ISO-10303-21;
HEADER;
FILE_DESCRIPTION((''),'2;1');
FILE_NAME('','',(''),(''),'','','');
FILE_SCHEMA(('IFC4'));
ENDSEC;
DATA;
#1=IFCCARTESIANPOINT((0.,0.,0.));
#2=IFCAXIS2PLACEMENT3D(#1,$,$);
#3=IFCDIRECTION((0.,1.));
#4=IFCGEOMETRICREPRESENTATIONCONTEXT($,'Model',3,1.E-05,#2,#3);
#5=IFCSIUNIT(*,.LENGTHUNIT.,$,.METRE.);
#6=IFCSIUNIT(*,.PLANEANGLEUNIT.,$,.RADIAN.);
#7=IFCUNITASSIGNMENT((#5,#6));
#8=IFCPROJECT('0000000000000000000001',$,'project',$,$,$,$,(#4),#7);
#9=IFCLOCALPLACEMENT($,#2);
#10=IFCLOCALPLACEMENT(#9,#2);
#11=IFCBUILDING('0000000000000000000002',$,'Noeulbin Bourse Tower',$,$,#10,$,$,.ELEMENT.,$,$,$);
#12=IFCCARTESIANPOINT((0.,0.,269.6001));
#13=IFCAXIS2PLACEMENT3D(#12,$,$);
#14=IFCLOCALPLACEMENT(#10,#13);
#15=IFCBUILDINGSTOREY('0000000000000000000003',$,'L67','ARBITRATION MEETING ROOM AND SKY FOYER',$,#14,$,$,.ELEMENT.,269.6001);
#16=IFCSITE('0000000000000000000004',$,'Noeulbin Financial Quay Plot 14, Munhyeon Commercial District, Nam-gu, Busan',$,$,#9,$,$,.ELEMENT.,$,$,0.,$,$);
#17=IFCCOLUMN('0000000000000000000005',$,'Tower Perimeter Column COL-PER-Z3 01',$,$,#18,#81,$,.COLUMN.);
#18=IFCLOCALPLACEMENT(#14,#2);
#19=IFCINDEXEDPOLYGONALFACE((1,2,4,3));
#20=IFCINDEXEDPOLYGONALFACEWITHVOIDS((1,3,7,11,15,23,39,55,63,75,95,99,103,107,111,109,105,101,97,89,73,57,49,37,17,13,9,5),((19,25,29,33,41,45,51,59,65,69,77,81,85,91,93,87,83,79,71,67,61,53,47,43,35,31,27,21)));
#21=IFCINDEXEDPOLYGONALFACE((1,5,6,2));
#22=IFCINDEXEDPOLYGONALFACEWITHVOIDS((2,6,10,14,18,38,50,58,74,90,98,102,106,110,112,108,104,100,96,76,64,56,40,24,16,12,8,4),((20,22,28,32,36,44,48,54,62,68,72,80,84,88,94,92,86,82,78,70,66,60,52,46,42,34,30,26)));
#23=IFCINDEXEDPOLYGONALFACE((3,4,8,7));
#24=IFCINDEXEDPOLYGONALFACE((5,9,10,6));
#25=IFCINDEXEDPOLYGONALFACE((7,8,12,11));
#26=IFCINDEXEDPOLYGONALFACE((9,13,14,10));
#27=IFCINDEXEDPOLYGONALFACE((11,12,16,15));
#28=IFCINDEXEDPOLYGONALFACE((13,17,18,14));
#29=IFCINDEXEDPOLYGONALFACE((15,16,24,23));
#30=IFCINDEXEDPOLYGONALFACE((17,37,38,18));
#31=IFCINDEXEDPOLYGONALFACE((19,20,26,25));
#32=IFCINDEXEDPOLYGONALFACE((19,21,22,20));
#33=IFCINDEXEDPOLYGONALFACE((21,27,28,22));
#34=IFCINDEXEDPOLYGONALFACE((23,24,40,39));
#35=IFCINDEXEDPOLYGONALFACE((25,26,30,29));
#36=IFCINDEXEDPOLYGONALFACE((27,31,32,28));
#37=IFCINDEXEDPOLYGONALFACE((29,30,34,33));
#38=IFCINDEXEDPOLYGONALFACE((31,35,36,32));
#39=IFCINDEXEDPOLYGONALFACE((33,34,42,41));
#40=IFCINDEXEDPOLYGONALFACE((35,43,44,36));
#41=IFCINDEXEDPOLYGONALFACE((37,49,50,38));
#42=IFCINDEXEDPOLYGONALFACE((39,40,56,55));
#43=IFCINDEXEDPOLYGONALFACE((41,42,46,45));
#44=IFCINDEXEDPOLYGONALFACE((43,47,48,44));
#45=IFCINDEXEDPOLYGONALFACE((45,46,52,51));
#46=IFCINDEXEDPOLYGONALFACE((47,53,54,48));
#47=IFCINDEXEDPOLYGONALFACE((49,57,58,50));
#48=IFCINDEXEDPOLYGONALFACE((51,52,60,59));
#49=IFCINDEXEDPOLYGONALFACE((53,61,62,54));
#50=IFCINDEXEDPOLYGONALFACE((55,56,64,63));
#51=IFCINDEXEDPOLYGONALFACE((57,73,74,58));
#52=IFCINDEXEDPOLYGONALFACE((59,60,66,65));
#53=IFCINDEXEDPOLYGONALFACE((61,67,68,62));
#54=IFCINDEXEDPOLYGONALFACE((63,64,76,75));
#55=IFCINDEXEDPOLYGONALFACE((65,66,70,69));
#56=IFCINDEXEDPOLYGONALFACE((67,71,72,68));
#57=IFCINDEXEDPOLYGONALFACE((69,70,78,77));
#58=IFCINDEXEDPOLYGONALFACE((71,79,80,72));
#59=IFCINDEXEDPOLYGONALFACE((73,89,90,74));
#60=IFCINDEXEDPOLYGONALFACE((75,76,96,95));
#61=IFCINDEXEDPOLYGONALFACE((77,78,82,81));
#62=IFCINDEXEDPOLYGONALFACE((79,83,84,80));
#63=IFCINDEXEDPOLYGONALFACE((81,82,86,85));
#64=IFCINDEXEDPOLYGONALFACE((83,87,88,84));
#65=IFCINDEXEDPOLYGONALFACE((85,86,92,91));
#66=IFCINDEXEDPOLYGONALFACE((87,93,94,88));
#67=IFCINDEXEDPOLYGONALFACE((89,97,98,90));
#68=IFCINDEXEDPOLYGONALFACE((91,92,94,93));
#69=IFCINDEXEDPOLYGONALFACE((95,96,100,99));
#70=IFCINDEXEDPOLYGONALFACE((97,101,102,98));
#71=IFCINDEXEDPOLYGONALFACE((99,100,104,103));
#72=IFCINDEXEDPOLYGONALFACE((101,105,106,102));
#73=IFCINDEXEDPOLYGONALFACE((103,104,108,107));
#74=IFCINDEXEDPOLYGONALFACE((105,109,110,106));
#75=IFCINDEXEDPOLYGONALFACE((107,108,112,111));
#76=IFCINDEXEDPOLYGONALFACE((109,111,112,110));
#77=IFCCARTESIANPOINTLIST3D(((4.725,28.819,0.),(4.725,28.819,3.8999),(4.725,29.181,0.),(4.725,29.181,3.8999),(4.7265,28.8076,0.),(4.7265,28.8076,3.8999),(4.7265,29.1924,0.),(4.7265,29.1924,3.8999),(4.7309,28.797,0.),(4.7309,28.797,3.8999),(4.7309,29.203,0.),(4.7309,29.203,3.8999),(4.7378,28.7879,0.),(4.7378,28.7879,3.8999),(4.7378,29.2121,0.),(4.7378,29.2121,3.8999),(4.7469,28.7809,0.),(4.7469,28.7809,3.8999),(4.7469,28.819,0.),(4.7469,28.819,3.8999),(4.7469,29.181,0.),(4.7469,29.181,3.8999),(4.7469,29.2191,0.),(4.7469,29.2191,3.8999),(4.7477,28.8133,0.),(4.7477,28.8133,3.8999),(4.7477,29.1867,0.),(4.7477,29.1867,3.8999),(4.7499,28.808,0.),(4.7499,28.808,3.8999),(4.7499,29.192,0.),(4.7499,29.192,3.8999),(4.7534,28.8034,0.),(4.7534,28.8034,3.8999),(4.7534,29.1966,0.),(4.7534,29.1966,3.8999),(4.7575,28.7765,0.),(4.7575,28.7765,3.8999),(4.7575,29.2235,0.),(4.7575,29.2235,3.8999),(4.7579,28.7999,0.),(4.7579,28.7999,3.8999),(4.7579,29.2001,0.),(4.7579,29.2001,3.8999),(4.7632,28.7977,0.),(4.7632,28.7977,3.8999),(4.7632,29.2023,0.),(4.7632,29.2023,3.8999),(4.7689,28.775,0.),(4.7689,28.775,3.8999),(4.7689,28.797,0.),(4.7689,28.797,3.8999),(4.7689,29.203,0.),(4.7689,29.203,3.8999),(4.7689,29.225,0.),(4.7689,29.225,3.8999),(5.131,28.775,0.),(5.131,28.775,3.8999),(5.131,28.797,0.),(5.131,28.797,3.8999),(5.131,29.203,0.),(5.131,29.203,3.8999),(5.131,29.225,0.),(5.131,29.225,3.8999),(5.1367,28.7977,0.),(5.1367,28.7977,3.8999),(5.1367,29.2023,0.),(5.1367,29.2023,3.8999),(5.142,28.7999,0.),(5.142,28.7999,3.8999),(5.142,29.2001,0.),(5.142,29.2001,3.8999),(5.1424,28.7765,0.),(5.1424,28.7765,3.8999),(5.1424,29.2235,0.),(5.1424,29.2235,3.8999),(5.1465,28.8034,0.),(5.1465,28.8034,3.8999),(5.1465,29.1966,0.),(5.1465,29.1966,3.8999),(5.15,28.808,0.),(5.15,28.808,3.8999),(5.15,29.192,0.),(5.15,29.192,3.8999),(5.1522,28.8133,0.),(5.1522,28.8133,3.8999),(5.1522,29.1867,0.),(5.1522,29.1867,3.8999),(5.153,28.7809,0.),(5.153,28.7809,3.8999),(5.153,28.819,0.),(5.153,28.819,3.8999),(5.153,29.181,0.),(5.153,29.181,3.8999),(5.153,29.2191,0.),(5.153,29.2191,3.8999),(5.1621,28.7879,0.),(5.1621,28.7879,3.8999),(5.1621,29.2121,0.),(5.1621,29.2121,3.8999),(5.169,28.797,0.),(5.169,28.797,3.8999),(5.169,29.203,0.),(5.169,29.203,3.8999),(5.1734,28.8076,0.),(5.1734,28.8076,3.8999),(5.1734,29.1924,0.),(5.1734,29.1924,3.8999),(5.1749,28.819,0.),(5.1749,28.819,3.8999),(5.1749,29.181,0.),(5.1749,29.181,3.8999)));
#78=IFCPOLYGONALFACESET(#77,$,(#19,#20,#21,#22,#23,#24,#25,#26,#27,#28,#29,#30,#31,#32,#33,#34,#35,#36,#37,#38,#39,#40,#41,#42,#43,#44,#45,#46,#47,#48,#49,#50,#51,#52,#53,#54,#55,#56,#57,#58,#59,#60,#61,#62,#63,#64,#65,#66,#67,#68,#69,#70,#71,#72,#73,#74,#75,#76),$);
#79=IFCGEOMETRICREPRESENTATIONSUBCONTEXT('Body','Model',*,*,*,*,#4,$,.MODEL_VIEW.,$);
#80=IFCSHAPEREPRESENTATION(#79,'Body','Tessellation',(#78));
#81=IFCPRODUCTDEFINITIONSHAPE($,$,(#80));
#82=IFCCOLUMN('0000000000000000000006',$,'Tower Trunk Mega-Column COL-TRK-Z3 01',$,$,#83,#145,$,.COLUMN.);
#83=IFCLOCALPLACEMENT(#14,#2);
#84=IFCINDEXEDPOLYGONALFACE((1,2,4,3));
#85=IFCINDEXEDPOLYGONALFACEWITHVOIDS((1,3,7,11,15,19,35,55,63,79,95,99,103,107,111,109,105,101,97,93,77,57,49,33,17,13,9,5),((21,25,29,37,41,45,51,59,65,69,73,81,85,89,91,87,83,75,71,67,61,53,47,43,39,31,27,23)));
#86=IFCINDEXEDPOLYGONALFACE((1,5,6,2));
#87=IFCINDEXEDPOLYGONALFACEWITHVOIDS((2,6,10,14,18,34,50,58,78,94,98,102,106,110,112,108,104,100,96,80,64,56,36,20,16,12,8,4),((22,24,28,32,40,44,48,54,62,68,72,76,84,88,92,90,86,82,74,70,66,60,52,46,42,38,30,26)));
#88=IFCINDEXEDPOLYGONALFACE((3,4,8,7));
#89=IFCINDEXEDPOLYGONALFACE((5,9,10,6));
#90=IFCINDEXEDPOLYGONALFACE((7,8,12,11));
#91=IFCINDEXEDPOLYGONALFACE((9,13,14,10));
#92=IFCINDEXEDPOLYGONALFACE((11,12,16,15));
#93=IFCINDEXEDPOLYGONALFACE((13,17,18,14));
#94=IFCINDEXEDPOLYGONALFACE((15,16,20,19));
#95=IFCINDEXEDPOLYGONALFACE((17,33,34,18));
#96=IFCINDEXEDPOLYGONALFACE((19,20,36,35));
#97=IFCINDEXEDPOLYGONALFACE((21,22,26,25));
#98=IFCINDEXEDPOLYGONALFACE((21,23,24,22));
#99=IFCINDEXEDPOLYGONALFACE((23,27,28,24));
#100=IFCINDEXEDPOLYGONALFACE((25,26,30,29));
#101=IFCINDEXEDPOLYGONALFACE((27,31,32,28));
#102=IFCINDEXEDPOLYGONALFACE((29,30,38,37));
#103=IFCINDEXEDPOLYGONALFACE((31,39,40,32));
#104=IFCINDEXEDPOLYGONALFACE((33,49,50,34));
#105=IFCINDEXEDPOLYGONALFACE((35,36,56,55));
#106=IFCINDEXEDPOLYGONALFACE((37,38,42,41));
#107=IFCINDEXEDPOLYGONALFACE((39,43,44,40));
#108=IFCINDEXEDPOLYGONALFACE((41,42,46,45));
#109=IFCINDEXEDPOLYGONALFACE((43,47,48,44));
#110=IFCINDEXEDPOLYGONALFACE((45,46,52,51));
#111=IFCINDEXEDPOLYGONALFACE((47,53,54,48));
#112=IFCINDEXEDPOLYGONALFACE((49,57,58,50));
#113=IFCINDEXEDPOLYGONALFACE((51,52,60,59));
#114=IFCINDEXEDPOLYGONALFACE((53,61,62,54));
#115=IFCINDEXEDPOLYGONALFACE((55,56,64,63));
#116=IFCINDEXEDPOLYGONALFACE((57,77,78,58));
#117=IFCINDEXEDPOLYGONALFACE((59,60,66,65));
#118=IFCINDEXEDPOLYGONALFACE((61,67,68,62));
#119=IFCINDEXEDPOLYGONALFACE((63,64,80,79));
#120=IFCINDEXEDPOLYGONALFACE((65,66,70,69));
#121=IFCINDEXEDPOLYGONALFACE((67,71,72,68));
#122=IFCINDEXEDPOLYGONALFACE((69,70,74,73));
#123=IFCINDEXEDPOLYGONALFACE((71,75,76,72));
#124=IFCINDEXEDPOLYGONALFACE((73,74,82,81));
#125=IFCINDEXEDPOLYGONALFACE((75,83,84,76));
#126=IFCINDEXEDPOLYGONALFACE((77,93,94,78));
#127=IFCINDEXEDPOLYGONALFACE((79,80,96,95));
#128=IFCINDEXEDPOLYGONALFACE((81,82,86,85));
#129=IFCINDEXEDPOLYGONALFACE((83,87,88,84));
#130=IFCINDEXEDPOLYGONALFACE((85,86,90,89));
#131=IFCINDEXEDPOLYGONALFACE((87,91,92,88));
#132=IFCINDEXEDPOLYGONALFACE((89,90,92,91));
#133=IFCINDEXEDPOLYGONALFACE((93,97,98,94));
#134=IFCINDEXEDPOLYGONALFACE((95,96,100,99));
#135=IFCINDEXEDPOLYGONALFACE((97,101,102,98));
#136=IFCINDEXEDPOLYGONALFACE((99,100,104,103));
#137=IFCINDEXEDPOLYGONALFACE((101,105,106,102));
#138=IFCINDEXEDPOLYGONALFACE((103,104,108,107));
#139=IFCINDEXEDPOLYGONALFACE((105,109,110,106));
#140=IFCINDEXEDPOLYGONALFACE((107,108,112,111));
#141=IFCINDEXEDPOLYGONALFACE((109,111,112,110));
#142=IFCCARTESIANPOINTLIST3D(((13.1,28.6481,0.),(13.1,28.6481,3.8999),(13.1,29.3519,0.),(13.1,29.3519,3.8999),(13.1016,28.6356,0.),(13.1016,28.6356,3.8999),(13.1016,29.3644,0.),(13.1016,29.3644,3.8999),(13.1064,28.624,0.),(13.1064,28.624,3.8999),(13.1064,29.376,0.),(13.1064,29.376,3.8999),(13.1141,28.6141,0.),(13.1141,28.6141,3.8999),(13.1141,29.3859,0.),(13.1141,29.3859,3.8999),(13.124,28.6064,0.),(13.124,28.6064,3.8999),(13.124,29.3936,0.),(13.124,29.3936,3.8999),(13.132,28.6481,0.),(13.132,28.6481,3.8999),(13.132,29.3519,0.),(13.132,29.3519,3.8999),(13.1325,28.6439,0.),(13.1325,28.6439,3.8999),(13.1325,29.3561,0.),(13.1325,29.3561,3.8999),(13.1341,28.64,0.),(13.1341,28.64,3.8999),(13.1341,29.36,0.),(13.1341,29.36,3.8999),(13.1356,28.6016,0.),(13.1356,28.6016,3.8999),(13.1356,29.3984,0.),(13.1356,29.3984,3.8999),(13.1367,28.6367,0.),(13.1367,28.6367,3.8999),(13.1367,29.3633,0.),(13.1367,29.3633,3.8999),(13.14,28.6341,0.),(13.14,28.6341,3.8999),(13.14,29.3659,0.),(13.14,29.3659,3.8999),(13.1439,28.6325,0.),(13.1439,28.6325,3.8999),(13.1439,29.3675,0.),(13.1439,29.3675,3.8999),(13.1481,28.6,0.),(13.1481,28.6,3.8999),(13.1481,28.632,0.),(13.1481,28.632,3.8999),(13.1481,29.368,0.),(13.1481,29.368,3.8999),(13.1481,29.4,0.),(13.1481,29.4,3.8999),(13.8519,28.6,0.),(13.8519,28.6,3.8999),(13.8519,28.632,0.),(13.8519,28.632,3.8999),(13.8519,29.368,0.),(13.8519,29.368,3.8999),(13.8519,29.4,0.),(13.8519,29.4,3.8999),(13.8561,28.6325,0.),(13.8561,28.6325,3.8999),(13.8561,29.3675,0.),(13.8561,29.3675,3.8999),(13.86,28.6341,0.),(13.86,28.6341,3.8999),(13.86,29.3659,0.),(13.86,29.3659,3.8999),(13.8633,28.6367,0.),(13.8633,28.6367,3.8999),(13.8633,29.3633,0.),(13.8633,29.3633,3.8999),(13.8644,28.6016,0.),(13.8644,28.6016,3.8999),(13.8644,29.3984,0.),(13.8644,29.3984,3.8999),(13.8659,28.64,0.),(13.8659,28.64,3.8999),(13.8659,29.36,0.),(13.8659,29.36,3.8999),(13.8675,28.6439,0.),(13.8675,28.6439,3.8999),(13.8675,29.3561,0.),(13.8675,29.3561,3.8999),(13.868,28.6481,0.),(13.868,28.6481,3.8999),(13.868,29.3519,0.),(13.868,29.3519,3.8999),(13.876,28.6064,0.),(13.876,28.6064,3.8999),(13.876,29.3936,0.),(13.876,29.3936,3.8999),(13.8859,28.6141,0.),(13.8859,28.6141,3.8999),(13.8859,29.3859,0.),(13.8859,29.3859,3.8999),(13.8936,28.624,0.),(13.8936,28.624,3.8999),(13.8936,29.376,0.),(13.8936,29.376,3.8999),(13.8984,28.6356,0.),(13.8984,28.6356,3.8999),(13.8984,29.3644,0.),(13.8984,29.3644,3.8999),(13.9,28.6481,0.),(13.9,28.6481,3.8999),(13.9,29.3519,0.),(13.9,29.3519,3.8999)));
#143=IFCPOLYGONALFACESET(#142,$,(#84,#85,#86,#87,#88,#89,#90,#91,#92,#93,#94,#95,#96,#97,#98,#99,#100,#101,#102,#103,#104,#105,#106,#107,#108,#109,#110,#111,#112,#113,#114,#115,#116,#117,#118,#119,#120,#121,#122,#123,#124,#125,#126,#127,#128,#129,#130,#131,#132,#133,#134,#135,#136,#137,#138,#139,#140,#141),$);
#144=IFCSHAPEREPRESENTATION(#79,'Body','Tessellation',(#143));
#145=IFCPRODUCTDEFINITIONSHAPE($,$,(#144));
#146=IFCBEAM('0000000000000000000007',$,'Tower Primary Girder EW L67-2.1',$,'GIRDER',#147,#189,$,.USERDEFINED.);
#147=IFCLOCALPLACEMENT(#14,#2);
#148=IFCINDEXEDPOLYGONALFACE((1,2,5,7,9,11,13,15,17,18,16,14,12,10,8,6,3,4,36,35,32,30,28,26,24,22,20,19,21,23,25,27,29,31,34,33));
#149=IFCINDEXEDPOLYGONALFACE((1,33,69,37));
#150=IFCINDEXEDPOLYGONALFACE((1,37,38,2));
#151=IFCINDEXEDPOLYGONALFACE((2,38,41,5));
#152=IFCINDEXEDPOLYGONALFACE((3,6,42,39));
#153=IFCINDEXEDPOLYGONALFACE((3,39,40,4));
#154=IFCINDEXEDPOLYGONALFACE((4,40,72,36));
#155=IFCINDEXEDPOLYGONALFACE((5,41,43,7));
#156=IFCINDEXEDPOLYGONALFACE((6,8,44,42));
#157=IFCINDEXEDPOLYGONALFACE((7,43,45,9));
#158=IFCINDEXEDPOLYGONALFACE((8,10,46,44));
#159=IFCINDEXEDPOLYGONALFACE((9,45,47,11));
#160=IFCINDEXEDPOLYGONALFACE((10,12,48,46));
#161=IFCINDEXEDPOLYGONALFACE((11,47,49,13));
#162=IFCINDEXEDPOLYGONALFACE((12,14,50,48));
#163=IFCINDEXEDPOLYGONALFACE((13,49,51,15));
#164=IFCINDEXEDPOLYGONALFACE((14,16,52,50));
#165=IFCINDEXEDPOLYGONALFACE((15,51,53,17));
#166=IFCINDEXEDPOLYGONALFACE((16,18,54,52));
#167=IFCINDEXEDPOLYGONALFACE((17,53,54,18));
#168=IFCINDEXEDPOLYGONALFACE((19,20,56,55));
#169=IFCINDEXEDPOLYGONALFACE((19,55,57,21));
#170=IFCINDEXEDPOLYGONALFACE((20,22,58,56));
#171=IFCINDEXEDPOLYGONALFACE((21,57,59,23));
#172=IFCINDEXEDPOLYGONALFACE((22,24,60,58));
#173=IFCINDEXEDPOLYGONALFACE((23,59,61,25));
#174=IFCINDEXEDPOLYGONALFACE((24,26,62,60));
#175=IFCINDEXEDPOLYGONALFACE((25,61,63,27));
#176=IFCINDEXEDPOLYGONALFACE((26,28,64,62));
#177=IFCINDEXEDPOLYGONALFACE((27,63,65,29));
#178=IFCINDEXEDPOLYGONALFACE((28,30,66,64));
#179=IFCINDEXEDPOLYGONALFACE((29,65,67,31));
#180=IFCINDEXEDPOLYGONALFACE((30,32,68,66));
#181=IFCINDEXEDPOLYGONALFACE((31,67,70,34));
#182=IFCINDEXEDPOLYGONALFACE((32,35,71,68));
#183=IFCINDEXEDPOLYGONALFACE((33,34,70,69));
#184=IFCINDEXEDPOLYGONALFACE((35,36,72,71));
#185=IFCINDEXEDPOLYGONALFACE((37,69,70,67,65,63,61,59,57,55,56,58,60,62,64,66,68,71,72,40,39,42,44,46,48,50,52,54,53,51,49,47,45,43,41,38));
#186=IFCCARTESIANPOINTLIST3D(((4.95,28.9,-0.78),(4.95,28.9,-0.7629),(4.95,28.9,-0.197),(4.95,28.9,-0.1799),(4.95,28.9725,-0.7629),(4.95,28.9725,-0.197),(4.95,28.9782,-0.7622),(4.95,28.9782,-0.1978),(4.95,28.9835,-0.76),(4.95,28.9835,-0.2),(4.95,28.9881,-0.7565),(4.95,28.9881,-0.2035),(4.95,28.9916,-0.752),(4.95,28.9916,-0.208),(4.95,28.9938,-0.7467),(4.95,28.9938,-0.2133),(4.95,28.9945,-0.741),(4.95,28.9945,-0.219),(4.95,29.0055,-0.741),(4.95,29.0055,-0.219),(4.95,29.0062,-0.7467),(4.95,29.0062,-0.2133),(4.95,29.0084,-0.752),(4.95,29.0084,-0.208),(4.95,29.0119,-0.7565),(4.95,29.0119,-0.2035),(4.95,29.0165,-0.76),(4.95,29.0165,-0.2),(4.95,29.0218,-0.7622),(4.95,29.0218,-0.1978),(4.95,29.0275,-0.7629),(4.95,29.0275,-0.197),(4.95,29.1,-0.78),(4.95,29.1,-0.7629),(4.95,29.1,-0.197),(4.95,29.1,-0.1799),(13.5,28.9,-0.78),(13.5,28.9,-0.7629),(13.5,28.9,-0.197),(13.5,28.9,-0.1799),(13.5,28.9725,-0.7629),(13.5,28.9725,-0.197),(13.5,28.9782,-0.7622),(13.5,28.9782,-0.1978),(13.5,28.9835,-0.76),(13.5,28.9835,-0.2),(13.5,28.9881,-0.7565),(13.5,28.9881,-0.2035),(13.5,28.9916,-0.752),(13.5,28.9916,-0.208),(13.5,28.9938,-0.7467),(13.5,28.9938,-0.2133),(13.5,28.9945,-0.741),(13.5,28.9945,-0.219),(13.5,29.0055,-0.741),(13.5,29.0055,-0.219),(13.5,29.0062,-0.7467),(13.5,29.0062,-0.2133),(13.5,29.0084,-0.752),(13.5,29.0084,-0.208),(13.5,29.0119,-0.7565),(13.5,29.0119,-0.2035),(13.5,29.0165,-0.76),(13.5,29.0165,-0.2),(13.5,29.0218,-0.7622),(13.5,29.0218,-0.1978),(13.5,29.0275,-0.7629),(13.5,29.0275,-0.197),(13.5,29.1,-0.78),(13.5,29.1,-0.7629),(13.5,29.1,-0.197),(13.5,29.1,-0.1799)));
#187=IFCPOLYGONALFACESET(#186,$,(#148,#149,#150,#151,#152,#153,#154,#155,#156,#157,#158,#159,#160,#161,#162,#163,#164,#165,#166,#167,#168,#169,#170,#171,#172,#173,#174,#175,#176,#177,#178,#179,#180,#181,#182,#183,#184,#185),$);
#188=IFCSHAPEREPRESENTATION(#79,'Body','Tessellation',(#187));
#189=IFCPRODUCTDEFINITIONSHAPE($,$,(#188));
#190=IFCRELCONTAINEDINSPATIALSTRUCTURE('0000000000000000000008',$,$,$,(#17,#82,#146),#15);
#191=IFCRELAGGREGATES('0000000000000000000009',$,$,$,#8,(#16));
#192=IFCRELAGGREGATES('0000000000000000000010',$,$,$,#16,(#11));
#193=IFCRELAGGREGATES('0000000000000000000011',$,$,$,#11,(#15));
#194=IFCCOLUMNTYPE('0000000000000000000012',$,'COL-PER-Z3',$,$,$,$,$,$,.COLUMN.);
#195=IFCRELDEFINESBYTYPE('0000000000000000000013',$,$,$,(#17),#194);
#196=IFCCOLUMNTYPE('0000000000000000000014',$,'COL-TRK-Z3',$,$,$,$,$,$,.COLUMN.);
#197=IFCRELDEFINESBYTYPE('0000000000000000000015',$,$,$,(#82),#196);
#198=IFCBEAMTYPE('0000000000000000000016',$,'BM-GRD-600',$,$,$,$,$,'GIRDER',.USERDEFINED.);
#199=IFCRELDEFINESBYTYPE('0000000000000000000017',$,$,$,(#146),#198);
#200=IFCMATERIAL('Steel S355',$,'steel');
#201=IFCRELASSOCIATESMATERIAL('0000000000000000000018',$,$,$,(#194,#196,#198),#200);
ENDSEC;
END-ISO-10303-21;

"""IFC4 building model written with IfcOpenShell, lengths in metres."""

from ifc_helpers import new_model, si_unit, direction, frame, origin, origin_2d, place, context, subcontext, project, spatial, hollow_rectangle, i_section, extrude, material, material_profile, profile_set, type_object, element, save


model = new_model("IFC4")

# Units and contexts
model_context = context("Model", 3, precision=1e-05, world=origin(), true_north=direction((0.0, 1.0)))
body_context = subcontext(model_context, "Body", "Model", "MODEL_VIEW")
ifc_project = project(units=[si_unit("LENGTHUNIT", "METRE"), si_unit("PLANEANGLEUNIT", "RADIAN")], contexts=[model_context])

# Site, building, storey
site_placement = place(None, origin())
site = spatial("IfcSite", under=ifc_project, at=site_placement, Name="Noeulbin Financial Quay Plot 14, Munhyeon Commercial District, Nam-gu, Busan", CompositionType="ELEMENT", RefElevation=0.0)
building_placement = place(site_placement, origin())
building = spatial("IfcBuilding", under=site, at=building_placement, Name="Noeulbin Bourse Tower", CompositionType="ELEMENT")
storey_placement = place(building_placement, frame((0.0, 0.0, 269.6001)))
storey = spatial("IfcBuildingStorey", under=building, at=storey_placement, Name="L67", Description="ARBITRATION MEETING ROOM AND SKY FOYER", CompositionType="ELEMENT", Elevation=269.6001)

# Columns
ifc_material_1 = material(Name="Steel S355", Category="steel")
ifc_material_profile_1 = material_profile(ifc_material_1, hollow_rectangle(XDim=0.45, YDim=0.45, WallThickness=0.022, InnerFilletRadius=0.022, OuterFilletRadius=0.0439, at=origin_2d()), Name="SHS-450x450x22", Category="LoadBearing")
ifc_profile_set_1 = profile_set([ifc_material_profile_1], Name="Steel S355")
column_type_1 = type_object("IfcColumnType", Name="COL-PER-Z3", PredefinedType="COLUMN", material=ifc_profile_set_1)
column_1_placement = place(storey_placement, frame((4.95, 29.0, 0.0), z_axis=(0.0, 0.0, 1.0), x_axis=(1.0, 0.0, 0.0)))
element("IfcColumn", 1, at=column_1_placement, inside=storey, type_object=column_type_1, Name="Tower Perimeter Column COL-PER-Z3 01", PredefinedType="COLUMN", context=body_context, shape_type="SweptSolid", body=[
    extrude(hollow_rectangle(XDim=0.45, YDim=0.45, WallThickness=0.022, InnerFilletRadius=0.022, OuterFilletRadius=0.0439, at=origin_2d()), origin(), (0.0, 0.0, 1.0), 3.8999),
])
ifc_material_profile_2 = material_profile(ifc_material_1, hollow_rectangle(XDim=0.8, YDim=0.8, WallThickness=0.032, InnerFilletRadius=0.0161, OuterFilletRadius=0.0481, at=origin_2d()), Name="BOX-800x800x32", Category="LoadBearing")
ifc_profile_set_2 = profile_set([ifc_material_profile_2], Name="Steel S355")
column_type_2 = type_object("IfcColumnType", Name="COL-TRK-Z3", PredefinedType="COLUMN", material=ifc_profile_set_2)
column_2_placement = place(storey_placement, frame((13.5, 29.0, 0.0), z_axis=(0.0, 0.0, 1.0), x_axis=(1.0, 0.0, 0.0)))
element("IfcColumn", 2, at=column_2_placement, inside=storey, type_object=column_type_2, Name="Tower Trunk Mega-Column COL-TRK-Z3 01", PredefinedType="COLUMN", context=body_context, shape_type="SweptSolid", body=[
    extrude(hollow_rectangle(XDim=0.8, YDim=0.8, WallThickness=0.032, InnerFilletRadius=0.0161, OuterFilletRadius=0.0481, at=origin_2d()), origin(), (0.0, 0.0, 1.0), 3.8999),
])

# Beam
ifc_material_profile_3 = material_profile(ifc_material_1, i_section(OverallWidth=0.2, OverallDepth=0.6001, WebThickness=0.011, FlangeThickness=0.0171, FilletRadius=0.022, at=origin_2d()), Name="H-600x200x11x17", Category="LoadBearing")
ifc_profile_set_3 = profile_set([ifc_material_profile_3], Name="Steel S355")
beam_type = type_object("IfcBeamType", Name="BM-GRD-600", ElementType="GIRDER", PredefinedType="USERDEFINED", material=ifc_profile_set_3)
beam_placement = place(storey_placement, frame((4.95, 29.0, -0.48), z_axis=(1.0, 0.0, 0.0), x_axis=(0.0, 1.0, 0.0)))
element("IfcBeam", 3, at=beam_placement, inside=storey, type_object=beam_type, Name="Tower Primary Girder EW L67-2.1", ObjectType="GIRDER", PredefinedType="USERDEFINED", context=body_context, shape_type="SweptSolid", body=[
    extrude(i_section(OverallWidth=0.2, OverallDepth=0.6001, WebThickness=0.011, FlangeThickness=0.0171, FilletRadius=0.022, at=origin_2d()), origin(), (0.0, 0.0, 1.0), 8.55),
])

save(model, "model.ifc")
